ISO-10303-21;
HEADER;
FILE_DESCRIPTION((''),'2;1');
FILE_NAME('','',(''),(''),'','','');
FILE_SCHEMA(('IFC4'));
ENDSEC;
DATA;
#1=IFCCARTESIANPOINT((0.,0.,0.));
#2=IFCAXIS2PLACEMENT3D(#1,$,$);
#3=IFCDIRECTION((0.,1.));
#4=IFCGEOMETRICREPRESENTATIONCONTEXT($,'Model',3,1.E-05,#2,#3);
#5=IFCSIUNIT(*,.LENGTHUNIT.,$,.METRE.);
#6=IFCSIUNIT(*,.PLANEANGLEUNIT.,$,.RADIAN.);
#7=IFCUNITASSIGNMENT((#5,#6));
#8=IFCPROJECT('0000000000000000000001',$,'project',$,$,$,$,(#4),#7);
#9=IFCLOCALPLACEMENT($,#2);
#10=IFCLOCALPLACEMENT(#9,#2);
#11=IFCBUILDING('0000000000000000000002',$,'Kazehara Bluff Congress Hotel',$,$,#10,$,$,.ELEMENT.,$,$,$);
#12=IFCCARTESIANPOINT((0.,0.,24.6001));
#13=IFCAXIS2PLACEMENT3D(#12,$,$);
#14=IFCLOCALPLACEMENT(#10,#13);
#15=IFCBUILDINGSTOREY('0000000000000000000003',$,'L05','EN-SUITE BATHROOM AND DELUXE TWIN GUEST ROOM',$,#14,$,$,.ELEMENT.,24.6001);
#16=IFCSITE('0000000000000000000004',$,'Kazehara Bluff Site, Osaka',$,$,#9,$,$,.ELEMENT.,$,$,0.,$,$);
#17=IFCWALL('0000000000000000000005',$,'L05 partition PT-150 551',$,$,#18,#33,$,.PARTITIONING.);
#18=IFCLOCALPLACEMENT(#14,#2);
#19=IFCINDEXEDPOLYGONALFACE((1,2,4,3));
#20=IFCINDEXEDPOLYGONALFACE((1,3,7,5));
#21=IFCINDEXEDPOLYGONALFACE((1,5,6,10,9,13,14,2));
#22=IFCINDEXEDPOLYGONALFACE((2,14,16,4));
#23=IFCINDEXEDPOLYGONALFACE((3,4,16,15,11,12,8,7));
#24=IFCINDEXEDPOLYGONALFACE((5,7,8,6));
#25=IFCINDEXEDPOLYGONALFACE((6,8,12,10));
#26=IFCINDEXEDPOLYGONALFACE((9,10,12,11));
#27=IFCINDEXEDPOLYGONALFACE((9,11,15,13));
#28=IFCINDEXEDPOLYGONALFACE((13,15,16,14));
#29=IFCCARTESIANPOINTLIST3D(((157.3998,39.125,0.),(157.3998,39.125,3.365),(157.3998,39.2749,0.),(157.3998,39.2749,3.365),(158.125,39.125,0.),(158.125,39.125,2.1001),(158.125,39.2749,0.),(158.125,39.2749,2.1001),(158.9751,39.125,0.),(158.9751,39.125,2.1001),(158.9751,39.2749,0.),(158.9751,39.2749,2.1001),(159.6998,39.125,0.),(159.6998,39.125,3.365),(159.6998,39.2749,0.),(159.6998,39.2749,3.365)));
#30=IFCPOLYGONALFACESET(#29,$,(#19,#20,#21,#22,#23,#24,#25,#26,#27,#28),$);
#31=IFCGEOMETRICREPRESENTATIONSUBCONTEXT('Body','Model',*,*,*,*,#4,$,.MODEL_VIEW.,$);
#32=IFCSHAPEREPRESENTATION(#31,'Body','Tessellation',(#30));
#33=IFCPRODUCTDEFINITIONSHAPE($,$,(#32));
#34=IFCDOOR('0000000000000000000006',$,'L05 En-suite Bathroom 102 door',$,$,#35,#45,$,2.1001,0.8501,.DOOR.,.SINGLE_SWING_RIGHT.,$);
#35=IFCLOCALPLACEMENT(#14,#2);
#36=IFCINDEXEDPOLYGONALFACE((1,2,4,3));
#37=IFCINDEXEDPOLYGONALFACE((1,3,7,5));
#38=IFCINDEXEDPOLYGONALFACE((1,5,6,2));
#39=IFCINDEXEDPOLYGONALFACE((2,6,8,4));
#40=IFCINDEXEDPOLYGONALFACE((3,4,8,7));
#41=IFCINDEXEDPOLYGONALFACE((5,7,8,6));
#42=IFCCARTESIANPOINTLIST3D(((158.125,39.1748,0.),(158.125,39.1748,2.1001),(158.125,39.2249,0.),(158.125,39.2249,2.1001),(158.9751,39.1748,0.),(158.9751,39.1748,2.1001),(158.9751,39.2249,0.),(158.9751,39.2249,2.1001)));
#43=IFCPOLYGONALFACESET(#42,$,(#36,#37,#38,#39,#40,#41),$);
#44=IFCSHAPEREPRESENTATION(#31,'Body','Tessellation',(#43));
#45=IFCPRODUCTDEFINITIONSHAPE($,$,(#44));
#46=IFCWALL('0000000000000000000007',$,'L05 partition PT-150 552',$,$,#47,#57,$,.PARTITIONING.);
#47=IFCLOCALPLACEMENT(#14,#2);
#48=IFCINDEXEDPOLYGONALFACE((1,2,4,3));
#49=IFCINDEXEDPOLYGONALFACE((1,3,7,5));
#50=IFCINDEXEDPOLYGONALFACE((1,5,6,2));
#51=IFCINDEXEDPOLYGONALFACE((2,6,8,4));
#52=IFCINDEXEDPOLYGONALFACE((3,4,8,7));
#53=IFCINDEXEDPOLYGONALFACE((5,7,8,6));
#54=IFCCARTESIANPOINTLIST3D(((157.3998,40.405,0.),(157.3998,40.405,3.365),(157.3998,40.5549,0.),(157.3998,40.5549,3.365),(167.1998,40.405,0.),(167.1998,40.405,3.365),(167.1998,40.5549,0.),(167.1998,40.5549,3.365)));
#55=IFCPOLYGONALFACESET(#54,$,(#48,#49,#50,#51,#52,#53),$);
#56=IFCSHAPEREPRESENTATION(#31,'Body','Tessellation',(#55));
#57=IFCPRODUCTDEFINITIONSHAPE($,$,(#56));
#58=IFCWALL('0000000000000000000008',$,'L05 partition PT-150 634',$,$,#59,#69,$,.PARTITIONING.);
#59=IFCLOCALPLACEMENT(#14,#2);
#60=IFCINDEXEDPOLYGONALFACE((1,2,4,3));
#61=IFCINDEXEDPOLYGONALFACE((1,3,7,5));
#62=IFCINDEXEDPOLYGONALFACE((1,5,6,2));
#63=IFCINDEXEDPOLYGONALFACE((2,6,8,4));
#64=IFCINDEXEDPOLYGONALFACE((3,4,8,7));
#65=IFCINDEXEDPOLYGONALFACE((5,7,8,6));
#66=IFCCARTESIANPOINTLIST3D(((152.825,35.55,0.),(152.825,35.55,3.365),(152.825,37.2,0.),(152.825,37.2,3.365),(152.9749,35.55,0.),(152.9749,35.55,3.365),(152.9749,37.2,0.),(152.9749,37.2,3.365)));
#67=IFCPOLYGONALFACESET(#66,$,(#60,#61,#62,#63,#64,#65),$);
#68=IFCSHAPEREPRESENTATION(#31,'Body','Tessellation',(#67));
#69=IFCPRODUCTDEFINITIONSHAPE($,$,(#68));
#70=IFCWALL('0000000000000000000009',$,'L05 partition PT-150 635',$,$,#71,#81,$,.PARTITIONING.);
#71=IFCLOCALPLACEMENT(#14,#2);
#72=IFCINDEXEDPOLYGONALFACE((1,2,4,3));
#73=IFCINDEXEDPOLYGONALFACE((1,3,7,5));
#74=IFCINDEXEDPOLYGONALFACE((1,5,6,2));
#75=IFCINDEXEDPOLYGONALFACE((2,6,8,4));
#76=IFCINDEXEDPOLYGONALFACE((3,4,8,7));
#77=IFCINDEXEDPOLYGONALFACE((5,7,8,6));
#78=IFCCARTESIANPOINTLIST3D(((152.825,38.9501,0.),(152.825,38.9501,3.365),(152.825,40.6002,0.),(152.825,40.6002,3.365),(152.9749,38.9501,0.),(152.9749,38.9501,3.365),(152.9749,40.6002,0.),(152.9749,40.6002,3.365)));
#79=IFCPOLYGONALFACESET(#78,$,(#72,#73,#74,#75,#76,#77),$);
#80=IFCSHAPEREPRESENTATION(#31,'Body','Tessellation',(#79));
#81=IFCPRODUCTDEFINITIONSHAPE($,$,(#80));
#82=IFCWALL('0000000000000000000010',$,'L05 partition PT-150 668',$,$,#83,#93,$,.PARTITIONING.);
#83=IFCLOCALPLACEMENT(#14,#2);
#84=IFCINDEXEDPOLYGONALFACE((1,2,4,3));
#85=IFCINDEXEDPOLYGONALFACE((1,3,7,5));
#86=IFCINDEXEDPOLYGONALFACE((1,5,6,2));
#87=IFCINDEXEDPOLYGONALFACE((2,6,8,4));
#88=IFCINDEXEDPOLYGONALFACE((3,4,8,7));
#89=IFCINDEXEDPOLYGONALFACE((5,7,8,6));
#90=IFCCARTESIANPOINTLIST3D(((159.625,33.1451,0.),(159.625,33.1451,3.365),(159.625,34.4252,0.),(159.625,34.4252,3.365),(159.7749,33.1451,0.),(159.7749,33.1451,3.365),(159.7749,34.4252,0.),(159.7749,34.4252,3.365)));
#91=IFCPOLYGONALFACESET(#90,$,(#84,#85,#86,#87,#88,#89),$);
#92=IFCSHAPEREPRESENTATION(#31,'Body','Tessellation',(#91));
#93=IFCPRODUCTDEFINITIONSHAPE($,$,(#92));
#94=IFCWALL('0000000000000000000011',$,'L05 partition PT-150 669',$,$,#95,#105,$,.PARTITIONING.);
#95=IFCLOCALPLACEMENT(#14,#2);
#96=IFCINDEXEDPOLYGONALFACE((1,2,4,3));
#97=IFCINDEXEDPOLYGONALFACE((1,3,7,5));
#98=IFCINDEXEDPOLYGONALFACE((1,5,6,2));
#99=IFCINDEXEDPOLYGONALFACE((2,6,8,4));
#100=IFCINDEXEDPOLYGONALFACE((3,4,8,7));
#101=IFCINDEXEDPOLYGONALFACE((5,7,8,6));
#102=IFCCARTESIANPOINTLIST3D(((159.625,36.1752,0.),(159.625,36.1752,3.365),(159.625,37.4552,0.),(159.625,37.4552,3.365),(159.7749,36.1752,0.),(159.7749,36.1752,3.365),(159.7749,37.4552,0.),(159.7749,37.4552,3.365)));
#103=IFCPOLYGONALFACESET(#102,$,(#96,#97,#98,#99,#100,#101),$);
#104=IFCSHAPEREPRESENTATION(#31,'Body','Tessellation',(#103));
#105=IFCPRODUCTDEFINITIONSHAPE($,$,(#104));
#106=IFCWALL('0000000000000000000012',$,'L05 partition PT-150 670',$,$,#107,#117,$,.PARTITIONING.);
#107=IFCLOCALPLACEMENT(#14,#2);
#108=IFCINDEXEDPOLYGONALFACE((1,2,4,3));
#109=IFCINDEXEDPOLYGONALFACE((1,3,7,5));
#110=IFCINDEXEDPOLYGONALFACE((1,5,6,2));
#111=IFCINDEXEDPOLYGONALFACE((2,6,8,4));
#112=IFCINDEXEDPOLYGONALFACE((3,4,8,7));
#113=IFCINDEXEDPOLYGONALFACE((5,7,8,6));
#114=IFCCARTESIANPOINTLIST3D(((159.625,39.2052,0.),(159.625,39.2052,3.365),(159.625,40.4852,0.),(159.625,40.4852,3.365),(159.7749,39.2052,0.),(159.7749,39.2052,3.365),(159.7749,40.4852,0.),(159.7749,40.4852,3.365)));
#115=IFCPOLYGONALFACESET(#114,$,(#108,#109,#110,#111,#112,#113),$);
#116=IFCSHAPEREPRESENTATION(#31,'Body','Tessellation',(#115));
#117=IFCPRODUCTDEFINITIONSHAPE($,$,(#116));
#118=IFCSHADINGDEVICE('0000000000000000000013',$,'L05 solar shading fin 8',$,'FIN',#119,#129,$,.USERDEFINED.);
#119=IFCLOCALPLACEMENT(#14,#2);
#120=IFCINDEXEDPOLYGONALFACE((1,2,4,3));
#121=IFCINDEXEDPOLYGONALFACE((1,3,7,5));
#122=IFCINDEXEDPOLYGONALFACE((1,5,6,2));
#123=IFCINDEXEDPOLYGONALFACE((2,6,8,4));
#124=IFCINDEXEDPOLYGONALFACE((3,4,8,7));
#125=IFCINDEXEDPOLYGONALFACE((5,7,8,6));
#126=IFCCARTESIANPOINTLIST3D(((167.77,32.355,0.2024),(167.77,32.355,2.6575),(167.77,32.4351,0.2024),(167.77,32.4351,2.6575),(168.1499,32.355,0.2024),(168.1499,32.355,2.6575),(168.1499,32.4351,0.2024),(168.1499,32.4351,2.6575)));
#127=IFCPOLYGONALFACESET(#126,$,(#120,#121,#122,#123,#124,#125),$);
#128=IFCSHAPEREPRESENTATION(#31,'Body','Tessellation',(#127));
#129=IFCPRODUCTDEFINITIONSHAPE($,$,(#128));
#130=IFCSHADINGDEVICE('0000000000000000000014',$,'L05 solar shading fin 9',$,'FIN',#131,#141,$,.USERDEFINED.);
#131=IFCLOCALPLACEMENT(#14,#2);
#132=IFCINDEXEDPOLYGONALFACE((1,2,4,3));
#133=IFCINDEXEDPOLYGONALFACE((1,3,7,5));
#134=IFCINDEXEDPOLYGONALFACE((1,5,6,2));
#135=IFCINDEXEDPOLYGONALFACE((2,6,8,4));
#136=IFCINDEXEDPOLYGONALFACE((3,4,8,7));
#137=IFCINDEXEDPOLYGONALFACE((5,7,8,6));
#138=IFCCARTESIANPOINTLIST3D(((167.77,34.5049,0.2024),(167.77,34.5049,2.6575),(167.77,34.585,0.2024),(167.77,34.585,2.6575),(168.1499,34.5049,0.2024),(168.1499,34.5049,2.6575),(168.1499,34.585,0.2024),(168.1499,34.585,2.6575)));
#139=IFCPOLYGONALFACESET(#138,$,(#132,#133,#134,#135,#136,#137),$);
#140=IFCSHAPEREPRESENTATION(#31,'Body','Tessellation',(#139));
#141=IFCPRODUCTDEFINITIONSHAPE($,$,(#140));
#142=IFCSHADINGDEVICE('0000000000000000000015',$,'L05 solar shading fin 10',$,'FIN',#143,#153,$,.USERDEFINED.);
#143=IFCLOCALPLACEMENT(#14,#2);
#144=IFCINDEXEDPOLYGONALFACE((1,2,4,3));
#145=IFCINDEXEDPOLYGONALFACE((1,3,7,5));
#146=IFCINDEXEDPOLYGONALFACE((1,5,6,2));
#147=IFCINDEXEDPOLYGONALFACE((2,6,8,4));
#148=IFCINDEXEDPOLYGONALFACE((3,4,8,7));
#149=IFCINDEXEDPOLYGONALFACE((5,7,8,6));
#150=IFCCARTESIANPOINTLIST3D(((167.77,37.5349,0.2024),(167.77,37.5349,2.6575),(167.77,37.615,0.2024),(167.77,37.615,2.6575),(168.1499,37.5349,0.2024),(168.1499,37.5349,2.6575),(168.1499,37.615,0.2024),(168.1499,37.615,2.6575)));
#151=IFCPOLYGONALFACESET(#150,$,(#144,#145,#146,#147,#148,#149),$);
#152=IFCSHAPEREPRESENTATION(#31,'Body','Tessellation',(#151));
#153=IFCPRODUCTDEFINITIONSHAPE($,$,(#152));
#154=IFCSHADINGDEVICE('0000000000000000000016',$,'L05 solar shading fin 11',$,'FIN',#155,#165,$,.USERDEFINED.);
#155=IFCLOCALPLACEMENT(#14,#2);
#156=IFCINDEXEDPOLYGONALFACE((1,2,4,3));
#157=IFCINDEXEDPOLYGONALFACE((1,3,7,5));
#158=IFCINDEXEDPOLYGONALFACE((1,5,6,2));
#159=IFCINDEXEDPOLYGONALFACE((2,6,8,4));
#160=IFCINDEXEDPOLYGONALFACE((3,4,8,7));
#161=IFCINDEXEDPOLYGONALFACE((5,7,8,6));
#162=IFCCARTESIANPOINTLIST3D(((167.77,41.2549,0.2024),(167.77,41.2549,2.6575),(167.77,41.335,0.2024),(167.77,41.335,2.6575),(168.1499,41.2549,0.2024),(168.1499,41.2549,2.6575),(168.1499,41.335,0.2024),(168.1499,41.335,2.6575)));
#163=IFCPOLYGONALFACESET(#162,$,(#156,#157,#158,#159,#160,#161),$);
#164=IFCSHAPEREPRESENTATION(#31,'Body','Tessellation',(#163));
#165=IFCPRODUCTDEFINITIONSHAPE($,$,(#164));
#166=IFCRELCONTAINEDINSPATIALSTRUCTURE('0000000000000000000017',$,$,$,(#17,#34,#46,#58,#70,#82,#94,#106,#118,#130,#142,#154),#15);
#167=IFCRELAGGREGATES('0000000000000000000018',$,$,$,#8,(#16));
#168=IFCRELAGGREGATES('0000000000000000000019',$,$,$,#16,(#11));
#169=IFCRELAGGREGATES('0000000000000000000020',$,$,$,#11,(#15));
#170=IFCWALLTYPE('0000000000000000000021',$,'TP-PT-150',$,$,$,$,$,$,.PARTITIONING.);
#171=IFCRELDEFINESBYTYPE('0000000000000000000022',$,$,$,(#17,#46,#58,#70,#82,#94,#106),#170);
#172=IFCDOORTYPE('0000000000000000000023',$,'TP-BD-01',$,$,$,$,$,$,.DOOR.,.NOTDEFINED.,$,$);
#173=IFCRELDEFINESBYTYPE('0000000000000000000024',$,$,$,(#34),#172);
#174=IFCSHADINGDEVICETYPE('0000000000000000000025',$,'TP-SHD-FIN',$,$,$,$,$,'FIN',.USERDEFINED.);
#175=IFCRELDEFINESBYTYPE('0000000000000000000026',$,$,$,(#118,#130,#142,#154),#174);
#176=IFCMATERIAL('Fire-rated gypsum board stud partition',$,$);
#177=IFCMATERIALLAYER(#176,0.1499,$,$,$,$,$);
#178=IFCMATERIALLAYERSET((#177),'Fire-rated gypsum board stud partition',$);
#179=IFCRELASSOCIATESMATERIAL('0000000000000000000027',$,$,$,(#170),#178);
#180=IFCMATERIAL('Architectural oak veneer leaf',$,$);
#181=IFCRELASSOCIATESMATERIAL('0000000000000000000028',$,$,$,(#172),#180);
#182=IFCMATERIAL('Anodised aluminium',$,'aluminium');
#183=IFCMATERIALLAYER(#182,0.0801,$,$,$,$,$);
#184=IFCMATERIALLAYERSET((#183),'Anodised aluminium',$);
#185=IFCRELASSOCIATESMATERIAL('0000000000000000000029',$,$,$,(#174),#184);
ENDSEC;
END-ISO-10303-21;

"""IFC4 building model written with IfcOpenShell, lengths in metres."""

from ifc_helpers import new_model, si_unit, direction, frame, frame_2d, origin, origin_2d, place, context, subcontext, project, spatial, rectangle, extrude, material, layer, layer_set, type_object, element, fill, save


model = new_model("IFC4")

# Units and contexts
model_context = context("Model", 3, precision=1e-05, world=origin(), true_north=direction((0.0, 1.0)))
body_context = subcontext(model_context, "Body", "Model", "MODEL_VIEW")
ifc_project = project(units=[si_unit("LENGTHUNIT", "METRE"), si_unit("PLANEANGLEUNIT", "RADIAN")], contexts=[model_context])

# Site, building, storey
site_placement = place(None, origin())
site = spatial("IfcSite", under=ifc_project, at=site_placement, Name="Kazehara Bluff Site, Osaka", CompositionType="ELEMENT", RefElevation=0.0)
building_placement = place(site_placement, origin())
building = spatial("IfcBuilding", under=site, at=building_placement, Name="Kazehara Bluff Congress Hotel", CompositionType="ELEMENT")
storey_placement = place(building_placement, frame((0.0, 0.0, 24.6001)))
storey = spatial("IfcBuildingStorey", under=building, at=storey_placement, Name="L05", Description="EN-SUITE BATHROOM AND DELUXE TWIN GUEST ROOM", CompositionType="ELEMENT", Elevation=24.6001)

# Shared definitions
ifc_material_1 = material(Name="Fire-rated gypsum board stud partition")
ifc_layer_1 = layer(ifc_material_1, 0.1499)
ifc_layer_set_1 = layer_set([ifc_layer_1], Name="Fire-rated gypsum board stud partition")
wall_type_1 = type_object("IfcWallType", Name="TP-PT-150", PredefinedType="PARTITIONING", material=ifc_layer_set_1)
ifc_material_2 = material(Name="Architectural oak veneer leaf")
door_type = type_object("IfcDoorType", Name="TP-BD-01", OperationType="NOTDEFINED", PredefinedType="DOOR", material=ifc_material_2)

# Wall, opening, door
wall_1_placement = place(storey_placement, frame((157.3999, 39.2, 0.0), z_axis=(0.0, 0.0, 1.0), x_axis=(1.0, 0.0, 0.0)))
wall_1 = element("IfcWall", 1, at=wall_1_placement, inside=storey, type_object=wall_type_1, Name="L05 partition PT-150 551", PredefinedType="PARTITIONING", context=body_context, shape_type="SweptSolid", body=[
    extrude(rectangle(XDim=2.3, YDim=0.1499, at=frame_2d((1.1499, 0.0))), origin(), (0.0, 0.0, 1.0), 3.365),
])
opening_1_placement = place(wall_1_placement, frame((0.7251, 0.0, 0.0)))
opening_1 = element("IfcOpeningElement", 2, at=opening_1_placement, cuts=wall_1, PredefinedType="OPENING", context=body_context, shape_type="SweptSolid", body=[
    extrude(rectangle(XDim=0.8501, YDim=2.1001, at=frame_2d((0.425, 1.05))), frame((0.0, 0.085, 0.0), z_axis=(0.0, -1.0, 0.0), x_axis=(1.0, 0.0, 0.0)), (0.0, 0.0, 1.0), 0.1699),
])
door_1_placement = place(opening_1_placement, origin())
door_1 = element("IfcDoor", 3, at=door_1_placement, inside=storey, type_object=door_type, Name="L05 En-suite Bathroom 102 door", OperationType="SINGLE_SWING_RIGHT", OverallHeight=2.1001, OverallWidth=0.8501, PredefinedType="DOOR", context=body_context, shape_type="SweptSolid", body=[
    extrude(rectangle(XDim=0.8501, YDim=2.1001, at=frame_2d((0.425, 1.05))), frame((0.0, 0.0249, 0.0), z_axis=(0.0, -1.0, 0.0), x_axis=(1.0, 0.0, 0.0)), (0.0, 0.0, 1.0), 0.05),
])
fill(opening_1, door_1)

# Walls
wall_2_placement = place(storey_placement, frame((157.3999, 40.48, 0.0), z_axis=(0.0, 0.0, 1.0), x_axis=(1.0, 0.0, 0.0)))
element("IfcWall", 4, at=wall_2_placement, inside=storey, type_object=wall_type_1, Name="L05 partition PT-150 552", PredefinedType="PARTITIONING", context=body_context, shape_type="SweptSolid", body=[
    extrude(rectangle(XDim=9.8, YDim=0.1499, at=frame_2d((4.8999, 0.0))), origin(), (0.0, 0.0, 1.0), 3.365),
])
wall_3_placement = place(storey_placement, frame((152.8999, 35.55, 0.0), z_axis=(0.0, 0.0, 1.0), x_axis=(0.0, 1.0, 0.0)))
element("IfcWall", 5, at=wall_3_placement, inside=storey, type_object=wall_type_1, Name="L05 partition PT-150 634", PredefinedType="PARTITIONING", context=body_context, shape_type="SweptSolid", body=[
    extrude(rectangle(XDim=1.6499, YDim=0.1499, at=frame_2d((0.825, 0.0))), origin(), (0.0, 0.0, 1.0), 3.365),
])
wall_4_placement = place(storey_placement, frame((152.8999, 38.95, 0.0), z_axis=(0.0, 0.0, 1.0), x_axis=(0.0, 1.0, 0.0)))
element("IfcWall", 6, at=wall_4_placement, inside=storey, type_object=wall_type_1, Name="L05 partition PT-150 635", PredefinedType="PARTITIONING", context=body_context, shape_type="SweptSolid", body=[
    extrude(rectangle(XDim=1.6501, YDim=0.1499, at=frame_2d((0.8252, 0.0))), origin(), (0.0, 0.0, 1.0), 3.365),
])
for number, where, z_axis, x_axis, name in (
    (7, (159.7, 33.145, 0.0), (0.0, 0.0, 1.0), (0.0, 1.0, 0.0), "L05 partition PT-150 668"),
    (8, (159.7, 36.175, 0.0), (0.0, 0.0, 1.0), (0.0, 1.0, 0.0), "L05 partition PT-150 669"),
    (9, (159.7, 39.2051, 0.0), (0.0, 0.0, 1.0), (0.0, 1.0, 0.0), "L05 partition PT-150 670"),
):
    element("IfcWall", number, at=place(storey_placement, frame(where, z_axis=z_axis, x_axis=x_axis)), inside=storey, type_object=wall_type_1, Name=name, PredefinedType="PARTITIONING", context=body_context, shape_type="SweptSolid", body=[
        extrude(rectangle(XDim=1.28, YDim=0.1499, at=frame_2d((0.6401, 0.0))), origin(), (0.0, 0.0, 1.0), 3.365),
    ])

# Shading devices
ifc_material_3 = material(Name="Anodised aluminium", Category="aluminium")
ifc_layer_2 = layer(ifc_material_3, 0.0801)
ifc_layer_set_2 = layer_set([ifc_layer_2], Name="Anodised aluminium")
shading_device_type = type_object("IfcShadingDeviceType", Name="TP-SHD-FIN", ElementType="FIN", PredefinedType="USERDEFINED", material=ifc_layer_set_2)
for number, where, z_axis, x_axis, name in (
    (10, (167.96, 32.395, 0.2024), (0.0, 0.0, 1.0), (1.0, 0.0, 0.0), "L05 solar shading fin 8"),
    (11, (167.96, 34.5449, 0.2024), (0.0, 0.0, 1.0), (1.0, 0.0, 0.0), "L05 solar shading fin 9"),
    (12, (167.96, 37.575, 0.2024), (0.0, 0.0, 1.0), (1.0, 0.0, 0.0), "L05 solar shading fin 10"),
    (13, (167.96, 41.2949, 0.2024), (0.0, 0.0, 1.0), (1.0, 0.0, 0.0), "L05 solar shading fin 11"),
):
    element("IfcShadingDevice", number, at=place(storey_placement, frame(where, z_axis=z_axis, x_axis=x_axis)), inside=storey, type_object=shading_device_type, Name=name, ObjectType="FIN", PredefinedType="USERDEFINED", context=body_context, shape_type="SweptSolid", body=[
        extrude(rectangle(XDim=0.3799, YDim=0.0801, at=origin_2d()), origin(), (0.0, 0.0, 1.0), 2.4551),
    ])

save(model, "model.ifc")
